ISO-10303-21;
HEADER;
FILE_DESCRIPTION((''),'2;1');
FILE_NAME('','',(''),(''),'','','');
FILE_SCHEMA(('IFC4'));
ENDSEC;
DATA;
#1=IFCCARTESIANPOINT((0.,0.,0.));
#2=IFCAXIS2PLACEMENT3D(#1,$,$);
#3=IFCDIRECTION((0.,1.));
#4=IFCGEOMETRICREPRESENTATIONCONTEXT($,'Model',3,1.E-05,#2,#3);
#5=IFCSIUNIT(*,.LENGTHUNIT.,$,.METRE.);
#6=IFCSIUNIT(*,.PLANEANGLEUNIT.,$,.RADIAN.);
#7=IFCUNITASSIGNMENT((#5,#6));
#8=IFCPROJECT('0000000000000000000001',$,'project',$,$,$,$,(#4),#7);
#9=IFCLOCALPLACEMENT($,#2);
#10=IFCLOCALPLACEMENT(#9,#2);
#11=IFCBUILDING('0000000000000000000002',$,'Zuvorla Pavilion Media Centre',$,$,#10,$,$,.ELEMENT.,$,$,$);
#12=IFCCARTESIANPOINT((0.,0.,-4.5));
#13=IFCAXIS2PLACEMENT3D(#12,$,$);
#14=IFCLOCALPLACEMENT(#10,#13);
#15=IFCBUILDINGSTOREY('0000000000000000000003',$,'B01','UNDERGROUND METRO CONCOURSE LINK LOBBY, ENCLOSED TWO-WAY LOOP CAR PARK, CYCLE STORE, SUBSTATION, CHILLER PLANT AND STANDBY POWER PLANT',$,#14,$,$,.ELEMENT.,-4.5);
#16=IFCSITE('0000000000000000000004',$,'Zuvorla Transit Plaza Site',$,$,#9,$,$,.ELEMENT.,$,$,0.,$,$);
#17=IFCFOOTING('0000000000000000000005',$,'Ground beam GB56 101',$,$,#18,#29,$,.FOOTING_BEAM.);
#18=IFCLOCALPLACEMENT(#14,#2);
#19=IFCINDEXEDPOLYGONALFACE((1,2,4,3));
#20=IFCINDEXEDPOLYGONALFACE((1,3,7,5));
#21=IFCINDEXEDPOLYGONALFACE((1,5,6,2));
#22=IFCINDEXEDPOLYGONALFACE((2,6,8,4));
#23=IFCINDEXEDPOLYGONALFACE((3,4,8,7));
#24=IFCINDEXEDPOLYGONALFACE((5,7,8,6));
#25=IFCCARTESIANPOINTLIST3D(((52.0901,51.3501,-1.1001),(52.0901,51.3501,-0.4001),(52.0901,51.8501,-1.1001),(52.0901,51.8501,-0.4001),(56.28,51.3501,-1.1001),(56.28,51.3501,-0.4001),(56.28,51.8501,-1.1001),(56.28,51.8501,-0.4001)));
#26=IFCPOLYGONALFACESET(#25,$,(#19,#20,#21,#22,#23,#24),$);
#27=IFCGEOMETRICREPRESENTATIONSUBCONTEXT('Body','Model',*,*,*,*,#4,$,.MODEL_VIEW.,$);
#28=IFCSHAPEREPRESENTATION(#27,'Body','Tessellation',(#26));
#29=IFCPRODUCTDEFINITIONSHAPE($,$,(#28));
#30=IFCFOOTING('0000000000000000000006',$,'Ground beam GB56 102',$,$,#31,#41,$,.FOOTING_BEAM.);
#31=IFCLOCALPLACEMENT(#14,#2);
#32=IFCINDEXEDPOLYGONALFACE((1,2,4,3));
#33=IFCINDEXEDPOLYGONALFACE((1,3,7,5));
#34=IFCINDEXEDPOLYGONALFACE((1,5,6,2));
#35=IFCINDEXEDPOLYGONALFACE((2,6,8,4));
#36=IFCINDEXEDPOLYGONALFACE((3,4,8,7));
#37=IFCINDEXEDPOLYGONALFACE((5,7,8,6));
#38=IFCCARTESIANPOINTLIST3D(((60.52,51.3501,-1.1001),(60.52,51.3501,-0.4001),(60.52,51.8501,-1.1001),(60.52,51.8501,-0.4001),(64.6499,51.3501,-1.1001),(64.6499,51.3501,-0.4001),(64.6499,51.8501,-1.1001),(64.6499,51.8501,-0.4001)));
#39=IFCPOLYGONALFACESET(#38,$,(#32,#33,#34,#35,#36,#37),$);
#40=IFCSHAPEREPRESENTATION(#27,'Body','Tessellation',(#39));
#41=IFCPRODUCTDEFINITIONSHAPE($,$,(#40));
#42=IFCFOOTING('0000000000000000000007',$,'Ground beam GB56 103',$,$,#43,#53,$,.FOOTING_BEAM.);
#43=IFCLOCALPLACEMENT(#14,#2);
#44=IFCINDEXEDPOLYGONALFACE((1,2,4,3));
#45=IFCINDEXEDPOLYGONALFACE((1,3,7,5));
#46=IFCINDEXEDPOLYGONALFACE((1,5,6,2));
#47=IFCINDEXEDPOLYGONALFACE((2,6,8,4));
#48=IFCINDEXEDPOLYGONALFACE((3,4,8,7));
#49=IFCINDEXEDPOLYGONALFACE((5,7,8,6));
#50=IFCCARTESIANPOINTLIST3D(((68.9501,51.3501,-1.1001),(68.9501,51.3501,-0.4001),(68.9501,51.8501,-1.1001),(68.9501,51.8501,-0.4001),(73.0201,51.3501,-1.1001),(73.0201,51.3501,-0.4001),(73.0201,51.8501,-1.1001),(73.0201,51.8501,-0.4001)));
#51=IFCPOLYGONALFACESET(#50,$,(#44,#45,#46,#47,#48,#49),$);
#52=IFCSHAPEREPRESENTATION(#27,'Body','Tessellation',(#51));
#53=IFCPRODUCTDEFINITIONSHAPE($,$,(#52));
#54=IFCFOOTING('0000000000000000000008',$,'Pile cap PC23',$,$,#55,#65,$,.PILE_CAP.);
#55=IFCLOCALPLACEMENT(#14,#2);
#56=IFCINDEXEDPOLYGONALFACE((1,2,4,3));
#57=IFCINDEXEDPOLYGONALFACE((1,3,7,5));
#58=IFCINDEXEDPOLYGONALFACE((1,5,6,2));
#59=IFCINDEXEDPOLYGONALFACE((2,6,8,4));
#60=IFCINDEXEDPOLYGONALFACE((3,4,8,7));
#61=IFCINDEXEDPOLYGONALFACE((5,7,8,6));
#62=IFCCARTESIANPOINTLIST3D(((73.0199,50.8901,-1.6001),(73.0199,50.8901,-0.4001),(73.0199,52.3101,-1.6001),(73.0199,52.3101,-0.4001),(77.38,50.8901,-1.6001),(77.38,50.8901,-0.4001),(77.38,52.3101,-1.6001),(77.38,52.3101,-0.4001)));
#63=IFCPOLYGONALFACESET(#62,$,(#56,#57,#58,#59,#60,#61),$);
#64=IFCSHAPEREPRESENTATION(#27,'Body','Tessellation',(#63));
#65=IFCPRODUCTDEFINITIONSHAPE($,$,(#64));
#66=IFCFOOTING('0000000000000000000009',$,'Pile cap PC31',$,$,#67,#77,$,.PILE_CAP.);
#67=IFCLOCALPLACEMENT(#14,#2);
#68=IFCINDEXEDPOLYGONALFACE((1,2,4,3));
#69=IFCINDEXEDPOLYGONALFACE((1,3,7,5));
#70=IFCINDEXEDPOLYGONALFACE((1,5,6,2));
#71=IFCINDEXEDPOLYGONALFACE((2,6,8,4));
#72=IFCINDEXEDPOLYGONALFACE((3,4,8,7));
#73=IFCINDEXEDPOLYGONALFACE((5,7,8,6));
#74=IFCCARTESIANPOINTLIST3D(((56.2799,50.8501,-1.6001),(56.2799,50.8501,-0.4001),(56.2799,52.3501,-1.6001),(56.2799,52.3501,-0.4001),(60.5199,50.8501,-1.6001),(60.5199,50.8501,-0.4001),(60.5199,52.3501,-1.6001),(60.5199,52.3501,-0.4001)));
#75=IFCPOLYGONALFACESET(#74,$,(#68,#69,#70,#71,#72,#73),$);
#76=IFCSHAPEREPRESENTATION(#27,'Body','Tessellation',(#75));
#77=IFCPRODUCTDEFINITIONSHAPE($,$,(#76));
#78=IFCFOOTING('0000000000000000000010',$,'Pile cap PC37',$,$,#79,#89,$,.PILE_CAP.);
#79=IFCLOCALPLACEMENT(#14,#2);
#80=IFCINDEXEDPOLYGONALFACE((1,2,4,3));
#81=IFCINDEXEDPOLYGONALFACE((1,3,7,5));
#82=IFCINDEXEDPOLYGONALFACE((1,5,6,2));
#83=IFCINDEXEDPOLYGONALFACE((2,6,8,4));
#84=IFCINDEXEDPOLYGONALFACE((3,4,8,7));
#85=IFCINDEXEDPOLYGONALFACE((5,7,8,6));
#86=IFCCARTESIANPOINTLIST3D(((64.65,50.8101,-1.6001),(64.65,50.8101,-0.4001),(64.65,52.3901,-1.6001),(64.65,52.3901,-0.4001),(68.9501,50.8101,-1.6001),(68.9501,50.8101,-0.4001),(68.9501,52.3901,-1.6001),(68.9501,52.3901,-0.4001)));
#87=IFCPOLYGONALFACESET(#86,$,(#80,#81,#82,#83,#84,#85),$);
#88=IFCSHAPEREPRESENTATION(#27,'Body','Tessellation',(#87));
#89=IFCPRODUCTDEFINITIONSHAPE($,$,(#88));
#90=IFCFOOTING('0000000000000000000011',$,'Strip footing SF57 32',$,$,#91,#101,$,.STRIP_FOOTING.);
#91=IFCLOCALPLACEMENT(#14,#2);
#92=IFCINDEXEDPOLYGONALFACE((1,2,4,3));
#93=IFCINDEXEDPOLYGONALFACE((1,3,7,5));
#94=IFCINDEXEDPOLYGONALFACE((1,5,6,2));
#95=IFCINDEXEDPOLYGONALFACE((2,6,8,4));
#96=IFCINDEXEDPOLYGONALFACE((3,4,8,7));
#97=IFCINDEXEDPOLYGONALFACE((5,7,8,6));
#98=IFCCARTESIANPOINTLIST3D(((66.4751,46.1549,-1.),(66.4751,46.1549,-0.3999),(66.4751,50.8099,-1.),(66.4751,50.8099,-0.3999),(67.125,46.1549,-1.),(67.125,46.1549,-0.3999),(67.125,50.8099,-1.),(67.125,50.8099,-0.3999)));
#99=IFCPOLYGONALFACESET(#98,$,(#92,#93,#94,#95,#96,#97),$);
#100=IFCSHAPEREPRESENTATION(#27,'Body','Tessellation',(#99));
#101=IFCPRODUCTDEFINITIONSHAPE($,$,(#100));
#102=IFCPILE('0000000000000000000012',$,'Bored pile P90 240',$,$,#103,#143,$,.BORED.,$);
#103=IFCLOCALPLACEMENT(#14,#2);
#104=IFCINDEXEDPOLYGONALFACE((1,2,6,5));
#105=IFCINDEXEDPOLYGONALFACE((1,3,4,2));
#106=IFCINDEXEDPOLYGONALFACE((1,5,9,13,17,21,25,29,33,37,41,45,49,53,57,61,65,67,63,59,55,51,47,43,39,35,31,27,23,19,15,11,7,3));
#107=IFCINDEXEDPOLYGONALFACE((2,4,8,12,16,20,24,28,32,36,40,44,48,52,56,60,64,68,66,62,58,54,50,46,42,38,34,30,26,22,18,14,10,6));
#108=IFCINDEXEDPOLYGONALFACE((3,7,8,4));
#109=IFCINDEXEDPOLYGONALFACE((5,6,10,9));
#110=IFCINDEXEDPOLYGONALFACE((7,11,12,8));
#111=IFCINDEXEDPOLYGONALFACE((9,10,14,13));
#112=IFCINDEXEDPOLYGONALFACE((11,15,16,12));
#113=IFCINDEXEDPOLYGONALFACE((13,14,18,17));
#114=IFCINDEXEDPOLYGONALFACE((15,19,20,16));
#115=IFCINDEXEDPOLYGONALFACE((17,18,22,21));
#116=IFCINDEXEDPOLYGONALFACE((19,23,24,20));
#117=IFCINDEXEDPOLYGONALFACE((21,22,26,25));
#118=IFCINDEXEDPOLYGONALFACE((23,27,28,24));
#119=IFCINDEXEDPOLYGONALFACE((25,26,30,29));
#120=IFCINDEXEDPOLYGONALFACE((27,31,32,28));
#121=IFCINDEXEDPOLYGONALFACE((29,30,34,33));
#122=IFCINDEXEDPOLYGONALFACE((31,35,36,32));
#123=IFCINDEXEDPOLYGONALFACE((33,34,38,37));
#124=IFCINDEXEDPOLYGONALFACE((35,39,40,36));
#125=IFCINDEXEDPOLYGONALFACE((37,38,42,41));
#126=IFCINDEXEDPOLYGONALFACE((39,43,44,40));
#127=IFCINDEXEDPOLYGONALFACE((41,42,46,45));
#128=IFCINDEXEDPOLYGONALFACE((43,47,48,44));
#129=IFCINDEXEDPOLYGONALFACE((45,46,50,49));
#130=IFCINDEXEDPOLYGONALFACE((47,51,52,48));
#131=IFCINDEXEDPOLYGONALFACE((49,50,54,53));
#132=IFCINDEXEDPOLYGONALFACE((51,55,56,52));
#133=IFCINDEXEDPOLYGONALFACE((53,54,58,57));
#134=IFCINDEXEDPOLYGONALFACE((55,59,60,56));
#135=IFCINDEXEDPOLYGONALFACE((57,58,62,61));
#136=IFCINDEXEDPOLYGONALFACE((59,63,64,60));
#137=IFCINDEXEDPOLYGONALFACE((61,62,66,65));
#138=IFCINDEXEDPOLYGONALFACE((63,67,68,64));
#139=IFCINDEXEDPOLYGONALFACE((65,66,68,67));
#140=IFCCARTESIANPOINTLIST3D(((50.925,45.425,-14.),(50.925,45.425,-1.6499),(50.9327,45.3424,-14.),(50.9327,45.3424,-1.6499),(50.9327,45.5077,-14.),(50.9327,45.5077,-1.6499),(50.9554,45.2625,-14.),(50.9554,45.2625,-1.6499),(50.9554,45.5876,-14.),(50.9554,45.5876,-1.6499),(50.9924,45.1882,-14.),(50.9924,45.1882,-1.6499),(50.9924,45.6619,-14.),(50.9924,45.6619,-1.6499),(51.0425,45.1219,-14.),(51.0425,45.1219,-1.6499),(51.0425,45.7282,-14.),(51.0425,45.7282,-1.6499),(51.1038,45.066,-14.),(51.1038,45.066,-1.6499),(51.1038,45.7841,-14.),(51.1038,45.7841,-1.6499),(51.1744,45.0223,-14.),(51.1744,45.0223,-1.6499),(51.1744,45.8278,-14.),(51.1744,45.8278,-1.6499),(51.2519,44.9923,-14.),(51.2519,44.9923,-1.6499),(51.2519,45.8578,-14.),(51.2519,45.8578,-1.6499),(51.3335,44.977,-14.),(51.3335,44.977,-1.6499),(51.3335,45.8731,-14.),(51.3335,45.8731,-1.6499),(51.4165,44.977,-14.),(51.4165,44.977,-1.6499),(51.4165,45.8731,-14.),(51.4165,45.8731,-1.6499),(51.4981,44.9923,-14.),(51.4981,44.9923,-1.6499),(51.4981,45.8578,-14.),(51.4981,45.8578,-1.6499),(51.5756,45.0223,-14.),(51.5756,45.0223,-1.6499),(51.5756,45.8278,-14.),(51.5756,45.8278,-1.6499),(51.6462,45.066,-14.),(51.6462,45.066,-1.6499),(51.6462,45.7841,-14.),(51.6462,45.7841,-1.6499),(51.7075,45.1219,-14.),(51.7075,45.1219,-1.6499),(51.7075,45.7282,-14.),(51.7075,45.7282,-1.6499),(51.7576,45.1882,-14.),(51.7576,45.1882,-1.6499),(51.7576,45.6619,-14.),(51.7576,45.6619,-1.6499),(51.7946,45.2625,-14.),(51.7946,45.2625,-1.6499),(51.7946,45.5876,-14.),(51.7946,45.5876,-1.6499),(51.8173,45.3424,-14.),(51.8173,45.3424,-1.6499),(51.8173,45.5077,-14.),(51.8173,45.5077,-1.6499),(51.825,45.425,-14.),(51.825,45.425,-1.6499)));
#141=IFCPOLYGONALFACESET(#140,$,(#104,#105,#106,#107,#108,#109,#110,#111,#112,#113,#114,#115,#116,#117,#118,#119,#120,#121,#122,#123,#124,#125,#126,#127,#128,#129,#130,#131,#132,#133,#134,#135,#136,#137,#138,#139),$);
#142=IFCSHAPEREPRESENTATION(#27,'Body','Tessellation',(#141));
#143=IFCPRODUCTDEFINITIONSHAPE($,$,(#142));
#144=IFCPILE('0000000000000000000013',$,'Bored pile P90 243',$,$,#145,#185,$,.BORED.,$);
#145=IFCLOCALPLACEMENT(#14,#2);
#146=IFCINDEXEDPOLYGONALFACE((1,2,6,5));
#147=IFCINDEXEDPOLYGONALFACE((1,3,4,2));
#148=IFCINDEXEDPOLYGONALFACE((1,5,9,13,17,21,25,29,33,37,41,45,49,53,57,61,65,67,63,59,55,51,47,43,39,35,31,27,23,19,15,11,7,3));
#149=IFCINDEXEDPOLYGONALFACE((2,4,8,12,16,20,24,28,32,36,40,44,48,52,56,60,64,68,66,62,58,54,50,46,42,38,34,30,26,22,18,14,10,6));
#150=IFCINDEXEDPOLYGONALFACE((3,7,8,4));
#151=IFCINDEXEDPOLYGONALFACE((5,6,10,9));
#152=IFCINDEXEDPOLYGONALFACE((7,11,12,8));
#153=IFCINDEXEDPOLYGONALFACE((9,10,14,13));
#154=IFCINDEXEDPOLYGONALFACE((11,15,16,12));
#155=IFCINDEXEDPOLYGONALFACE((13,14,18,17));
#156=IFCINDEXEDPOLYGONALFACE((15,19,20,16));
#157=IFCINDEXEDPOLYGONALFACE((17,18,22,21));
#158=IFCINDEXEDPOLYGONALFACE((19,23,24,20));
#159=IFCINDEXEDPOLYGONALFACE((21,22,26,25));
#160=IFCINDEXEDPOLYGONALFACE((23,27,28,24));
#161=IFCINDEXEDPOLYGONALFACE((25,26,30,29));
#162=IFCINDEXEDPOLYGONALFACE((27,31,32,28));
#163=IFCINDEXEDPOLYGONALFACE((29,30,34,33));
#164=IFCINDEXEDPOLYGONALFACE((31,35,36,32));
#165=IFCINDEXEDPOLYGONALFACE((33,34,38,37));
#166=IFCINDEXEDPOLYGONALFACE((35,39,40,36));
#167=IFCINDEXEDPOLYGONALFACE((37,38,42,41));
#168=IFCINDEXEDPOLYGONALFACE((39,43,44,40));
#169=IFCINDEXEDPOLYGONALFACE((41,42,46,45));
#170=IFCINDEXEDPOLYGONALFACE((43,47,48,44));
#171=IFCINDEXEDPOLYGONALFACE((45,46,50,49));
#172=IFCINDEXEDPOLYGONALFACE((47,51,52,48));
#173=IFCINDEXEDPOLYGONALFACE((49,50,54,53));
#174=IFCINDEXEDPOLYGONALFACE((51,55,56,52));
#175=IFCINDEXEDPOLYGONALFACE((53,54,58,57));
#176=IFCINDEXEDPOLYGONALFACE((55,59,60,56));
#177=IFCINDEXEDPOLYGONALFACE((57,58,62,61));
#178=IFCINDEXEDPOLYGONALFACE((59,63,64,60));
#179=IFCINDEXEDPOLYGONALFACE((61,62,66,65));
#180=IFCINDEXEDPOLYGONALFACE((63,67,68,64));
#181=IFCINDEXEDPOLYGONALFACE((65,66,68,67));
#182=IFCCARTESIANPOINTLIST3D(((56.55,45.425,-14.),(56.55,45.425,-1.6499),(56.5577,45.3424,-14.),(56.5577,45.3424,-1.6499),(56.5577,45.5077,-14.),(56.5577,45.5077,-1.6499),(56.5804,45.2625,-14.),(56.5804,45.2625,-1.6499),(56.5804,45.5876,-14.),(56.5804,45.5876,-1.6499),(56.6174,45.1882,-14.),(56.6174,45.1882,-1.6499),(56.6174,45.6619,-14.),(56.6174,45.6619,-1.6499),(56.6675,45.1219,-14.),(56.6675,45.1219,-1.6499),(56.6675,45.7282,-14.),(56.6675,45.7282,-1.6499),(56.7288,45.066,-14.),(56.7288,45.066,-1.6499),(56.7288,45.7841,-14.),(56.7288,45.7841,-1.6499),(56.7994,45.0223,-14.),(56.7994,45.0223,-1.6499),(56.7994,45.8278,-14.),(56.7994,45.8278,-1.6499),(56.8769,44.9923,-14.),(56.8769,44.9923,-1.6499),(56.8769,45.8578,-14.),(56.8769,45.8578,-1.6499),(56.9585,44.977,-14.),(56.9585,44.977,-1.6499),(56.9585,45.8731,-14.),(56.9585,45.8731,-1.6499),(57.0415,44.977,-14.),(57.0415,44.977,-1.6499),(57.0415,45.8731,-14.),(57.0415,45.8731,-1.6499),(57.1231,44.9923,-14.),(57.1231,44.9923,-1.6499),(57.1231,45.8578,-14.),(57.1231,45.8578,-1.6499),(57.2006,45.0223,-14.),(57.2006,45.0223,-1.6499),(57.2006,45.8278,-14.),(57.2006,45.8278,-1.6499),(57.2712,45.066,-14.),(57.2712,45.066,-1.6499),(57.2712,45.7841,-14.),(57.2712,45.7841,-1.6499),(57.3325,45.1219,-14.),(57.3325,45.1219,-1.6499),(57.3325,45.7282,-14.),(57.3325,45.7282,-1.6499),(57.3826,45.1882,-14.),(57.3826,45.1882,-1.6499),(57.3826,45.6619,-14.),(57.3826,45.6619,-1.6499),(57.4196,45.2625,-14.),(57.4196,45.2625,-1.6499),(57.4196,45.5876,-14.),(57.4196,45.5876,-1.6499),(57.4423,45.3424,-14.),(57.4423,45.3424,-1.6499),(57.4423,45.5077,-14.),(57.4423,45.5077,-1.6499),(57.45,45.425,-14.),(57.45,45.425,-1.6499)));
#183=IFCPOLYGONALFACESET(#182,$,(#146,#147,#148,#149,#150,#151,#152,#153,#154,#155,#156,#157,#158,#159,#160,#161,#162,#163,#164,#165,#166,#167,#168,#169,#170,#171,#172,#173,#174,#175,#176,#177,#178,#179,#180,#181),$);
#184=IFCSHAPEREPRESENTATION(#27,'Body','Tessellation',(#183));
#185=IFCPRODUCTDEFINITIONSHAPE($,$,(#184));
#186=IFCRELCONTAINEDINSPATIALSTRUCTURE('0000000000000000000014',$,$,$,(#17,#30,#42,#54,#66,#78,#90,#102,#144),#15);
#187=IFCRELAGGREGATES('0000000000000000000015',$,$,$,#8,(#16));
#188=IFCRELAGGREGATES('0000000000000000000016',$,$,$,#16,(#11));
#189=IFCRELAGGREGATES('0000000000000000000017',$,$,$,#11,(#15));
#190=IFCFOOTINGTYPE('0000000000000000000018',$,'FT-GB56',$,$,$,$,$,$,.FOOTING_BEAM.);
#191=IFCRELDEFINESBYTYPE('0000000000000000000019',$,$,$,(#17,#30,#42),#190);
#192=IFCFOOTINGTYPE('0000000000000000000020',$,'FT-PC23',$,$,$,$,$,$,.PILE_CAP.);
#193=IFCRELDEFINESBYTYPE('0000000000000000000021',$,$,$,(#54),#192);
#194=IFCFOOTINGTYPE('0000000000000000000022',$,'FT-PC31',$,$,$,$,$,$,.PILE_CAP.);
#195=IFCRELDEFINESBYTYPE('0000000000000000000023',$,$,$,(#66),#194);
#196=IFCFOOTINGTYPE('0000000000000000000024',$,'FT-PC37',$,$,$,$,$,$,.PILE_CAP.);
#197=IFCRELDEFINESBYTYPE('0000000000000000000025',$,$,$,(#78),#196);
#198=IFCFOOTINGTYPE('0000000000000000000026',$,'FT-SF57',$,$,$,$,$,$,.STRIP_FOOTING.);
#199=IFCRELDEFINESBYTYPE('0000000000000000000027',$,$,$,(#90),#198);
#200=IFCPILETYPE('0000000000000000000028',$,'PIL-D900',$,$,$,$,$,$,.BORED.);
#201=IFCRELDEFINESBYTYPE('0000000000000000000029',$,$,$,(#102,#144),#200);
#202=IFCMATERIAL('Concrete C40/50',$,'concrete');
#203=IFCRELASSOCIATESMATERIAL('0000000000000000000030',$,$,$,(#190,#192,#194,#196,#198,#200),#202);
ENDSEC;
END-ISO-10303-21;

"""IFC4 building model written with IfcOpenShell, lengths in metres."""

from ifc_helpers import new_model, si_unit, direction, frame, origin, origin_2d, place, context, subcontext, project, spatial, rectangle, circle, extrude, material, material_profile, profile_set, type_object, element, save


model = new_model("IFC4")

# Units and contexts
model_context = context("Model", 3, precision=1e-05, world=origin(), true_north=direction((0.0, 1.0)))
body_context = subcontext(model_context, "Body", "Model", "MODEL_VIEW")
ifc_project = project(units=[si_unit("LENGTHUNIT", "METRE"), si_unit("PLANEANGLEUNIT", "RADIAN")], contexts=[model_context])

# Site, building, storey
site_placement = place(None, origin())
site = spatial("IfcSite", under=ifc_project, at=site_placement, Name="Zuvorla Transit Plaza Site", CompositionType="ELEMENT", RefElevation=0.0)
building_placement = place(site_placement, origin())
building = spatial("IfcBuilding", under=site, at=building_placement, Name="Zuvorla Pavilion Media Centre", CompositionType="ELEMENT")
storey_placement = place(building_placement, frame((0.0, 0.0, -4.5)))
storey = spatial("IfcBuildingStorey", under=building, at=storey_placement, Name="B01", Description="UNDERGROUND METRO CONCOURSE LINK LOBBY, ENCLOSED TWO-WAY LOOP CAR PARK, CYCLE STORE, SUBSTATION, CHILLER PLANT AND STANDBY POWER PLANT", CompositionType="ELEMENT", Elevation=-4.5)

# Footings
ifc_material = material(Name="Concrete C40/50", Category="concrete")
footing_type_1 = type_object("IfcFootingType", Name="FT-GB56", PredefinedType="FOOTING_BEAM", material=ifc_material)
footing_1_placement = place(storey_placement, frame((54.1851, 51.6001, -1.1001), z_axis=(0.0, 0.0, 1.0), x_axis=(1.0, 0.0, 0.0)))
element("IfcFooting", 1, at=footing_1_placement, inside=storey, type_object=footing_type_1, Name="Ground beam GB56 101", PredefinedType="FOOTING_BEAM", context=body_context, shape_type="SweptSolid", body=[
    extrude(rectangle(XDim=4.1899, YDim=0.5, at=origin_2d()), origin(), (0.0, 0.0, 1.0), 0.7),
])
footing_2_placement = place(storey_placement, frame((62.585, 51.6001, -1.1001), z_axis=(0.0, 0.0, 1.0), x_axis=(1.0, 0.0, 0.0)))
element("IfcFooting", 2, at=footing_2_placement, inside=storey, type_object=footing_type_1, Name="Ground beam GB56 102", PredefinedType="FOOTING_BEAM", context=body_context, shape_type="SweptSolid", body=[
    extrude(rectangle(XDim=4.1299, YDim=0.5, at=origin_2d()), origin(), (0.0, 0.0, 1.0), 0.7),
])
footing_3_placement = place(storey_placement, frame((70.9851, 51.6001, -1.1001), z_axis=(0.0, 0.0, 1.0), x_axis=(1.0, 0.0, 0.0)))
element("IfcFooting", 3, at=footing_3_placement, inside=storey, type_object=footing_type_1, Name="Ground beam GB56 103", PredefinedType="FOOTING_BEAM", context=body_context, shape_type="SweptSolid", body=[
    extrude(rectangle(XDim=4.0701, YDim=0.5, at=origin_2d()), origin(), (0.0, 0.0, 1.0), 0.7),
])
footing_type_2 = type_object("IfcFootingType", Name="FT-PC23", PredefinedType="PILE_CAP", material=ifc_material)
footing_4_placement = place(storey_placement, frame((75.2, 51.6001, -1.6001), z_axis=(0.0, 0.0, 1.0), x_axis=(1.0, 0.0, 0.0)))
element("IfcFooting", 4, at=footing_4_placement, inside=storey, type_object=footing_type_2, Name="Pile cap PC23", PredefinedType="PILE_CAP", context=body_context, shape_type="SweptSolid", body=[
    extrude(rectangle(XDim=4.3601, YDim=1.4199, at=origin_2d()), origin(), (0.0, 0.0, 1.0), 1.2),
])
footing_type_3 = type_object("IfcFootingType", Name="FT-PC31", PredefinedType="PILE_CAP", material=ifc_material)
footing_5_placement = place(storey_placement, frame((58.3999, 51.6001, -1.6001), z_axis=(0.0, 0.0, 1.0), x_axis=(1.0, 0.0, 0.0)))
element("IfcFooting", 5, at=footing_5_placement, inside=storey, type_object=footing_type_3, Name="Pile cap PC31", PredefinedType="PILE_CAP", context=body_context, shape_type="SweptSolid", body=[
    extrude(rectangle(XDim=4.24, YDim=1.5, at=origin_2d()), origin(), (0.0, 0.0, 1.0), 1.2),
])
footing_type_4 = type_object("IfcFootingType", Name="FT-PC37", PredefinedType="PILE_CAP", material=ifc_material)
footing_6_placement = place(storey_placement, frame((66.8, 51.6001, -1.6001), z_axis=(0.0, 0.0, 1.0), x_axis=(1.0, 0.0, 0.0)))
element("IfcFooting", 6, at=footing_6_placement, inside=storey, type_object=footing_type_4, Name="Pile cap PC37", PredefinedType="PILE_CAP", context=body_context, shape_type="SweptSolid", body=[
    extrude(rectangle(XDim=4.3, YDim=1.5801, at=origin_2d()), origin(), (0.0, 0.0, 1.0), 1.2),
])
footing_type_5 = type_object("IfcFootingType", Name="FT-SF57", PredefinedType="STRIP_FOOTING", material=ifc_material)
footing_7_placement = place(storey_placement, frame((66.8, 48.4824, -1.0), z_axis=(0.0, 0.0, 1.0), x_axis=(0.0, 1.0, 0.0)))
element("IfcFooting", 7, at=footing_7_placement, inside=storey, type_object=footing_type_5, Name="Strip footing SF57 32", PredefinedType="STRIP_FOOTING", context=body_context, shape_type="SweptSolid", body=[
    extrude(rectangle(XDim=4.655, YDim=0.6499, at=origin_2d()), origin(), (0.0, 0.0, 1.0), 0.6001),
])

# Piles
ifc_material_profile_1 = material_profile(ifc_material, circle(Radius=0.45, at=origin_2d()), Name="BORED PILE 900")
ifc_profile_set_1 = profile_set([ifc_material_profile_1], Name="Concrete C40/50")
pile_type = type_object("IfcPileType", Name="PIL-D900", PredefinedType="BORED", material=ifc_profile_set_1)
for number, where, z_axis, x_axis, name in (
    (8, (51.375, 45.425, -1.6499), (0.0, 0.0, -1.0), (1.0, 0.0, 0.0), "Bored pile P90 240"),
    (9, (57.0, 45.425, -1.6499), (0.0, 0.0, -1.0), (1.0, 0.0, 0.0), "Bored pile P90 243"),
):
    element("IfcPile", number, at=place(storey_placement, frame(where, z_axis=z_axis, x_axis=x_axis)), inside=storey, type_object=pile_type, Name=name, PredefinedType="BORED", context=body_context, shape_type="SweptSolid", body=[
        extrude(circle(Radius=0.45, at=origin_2d()), origin(), (0.0, 0.0, 1.0), 12.3501),
    ])

save(model, "model.ifc")
